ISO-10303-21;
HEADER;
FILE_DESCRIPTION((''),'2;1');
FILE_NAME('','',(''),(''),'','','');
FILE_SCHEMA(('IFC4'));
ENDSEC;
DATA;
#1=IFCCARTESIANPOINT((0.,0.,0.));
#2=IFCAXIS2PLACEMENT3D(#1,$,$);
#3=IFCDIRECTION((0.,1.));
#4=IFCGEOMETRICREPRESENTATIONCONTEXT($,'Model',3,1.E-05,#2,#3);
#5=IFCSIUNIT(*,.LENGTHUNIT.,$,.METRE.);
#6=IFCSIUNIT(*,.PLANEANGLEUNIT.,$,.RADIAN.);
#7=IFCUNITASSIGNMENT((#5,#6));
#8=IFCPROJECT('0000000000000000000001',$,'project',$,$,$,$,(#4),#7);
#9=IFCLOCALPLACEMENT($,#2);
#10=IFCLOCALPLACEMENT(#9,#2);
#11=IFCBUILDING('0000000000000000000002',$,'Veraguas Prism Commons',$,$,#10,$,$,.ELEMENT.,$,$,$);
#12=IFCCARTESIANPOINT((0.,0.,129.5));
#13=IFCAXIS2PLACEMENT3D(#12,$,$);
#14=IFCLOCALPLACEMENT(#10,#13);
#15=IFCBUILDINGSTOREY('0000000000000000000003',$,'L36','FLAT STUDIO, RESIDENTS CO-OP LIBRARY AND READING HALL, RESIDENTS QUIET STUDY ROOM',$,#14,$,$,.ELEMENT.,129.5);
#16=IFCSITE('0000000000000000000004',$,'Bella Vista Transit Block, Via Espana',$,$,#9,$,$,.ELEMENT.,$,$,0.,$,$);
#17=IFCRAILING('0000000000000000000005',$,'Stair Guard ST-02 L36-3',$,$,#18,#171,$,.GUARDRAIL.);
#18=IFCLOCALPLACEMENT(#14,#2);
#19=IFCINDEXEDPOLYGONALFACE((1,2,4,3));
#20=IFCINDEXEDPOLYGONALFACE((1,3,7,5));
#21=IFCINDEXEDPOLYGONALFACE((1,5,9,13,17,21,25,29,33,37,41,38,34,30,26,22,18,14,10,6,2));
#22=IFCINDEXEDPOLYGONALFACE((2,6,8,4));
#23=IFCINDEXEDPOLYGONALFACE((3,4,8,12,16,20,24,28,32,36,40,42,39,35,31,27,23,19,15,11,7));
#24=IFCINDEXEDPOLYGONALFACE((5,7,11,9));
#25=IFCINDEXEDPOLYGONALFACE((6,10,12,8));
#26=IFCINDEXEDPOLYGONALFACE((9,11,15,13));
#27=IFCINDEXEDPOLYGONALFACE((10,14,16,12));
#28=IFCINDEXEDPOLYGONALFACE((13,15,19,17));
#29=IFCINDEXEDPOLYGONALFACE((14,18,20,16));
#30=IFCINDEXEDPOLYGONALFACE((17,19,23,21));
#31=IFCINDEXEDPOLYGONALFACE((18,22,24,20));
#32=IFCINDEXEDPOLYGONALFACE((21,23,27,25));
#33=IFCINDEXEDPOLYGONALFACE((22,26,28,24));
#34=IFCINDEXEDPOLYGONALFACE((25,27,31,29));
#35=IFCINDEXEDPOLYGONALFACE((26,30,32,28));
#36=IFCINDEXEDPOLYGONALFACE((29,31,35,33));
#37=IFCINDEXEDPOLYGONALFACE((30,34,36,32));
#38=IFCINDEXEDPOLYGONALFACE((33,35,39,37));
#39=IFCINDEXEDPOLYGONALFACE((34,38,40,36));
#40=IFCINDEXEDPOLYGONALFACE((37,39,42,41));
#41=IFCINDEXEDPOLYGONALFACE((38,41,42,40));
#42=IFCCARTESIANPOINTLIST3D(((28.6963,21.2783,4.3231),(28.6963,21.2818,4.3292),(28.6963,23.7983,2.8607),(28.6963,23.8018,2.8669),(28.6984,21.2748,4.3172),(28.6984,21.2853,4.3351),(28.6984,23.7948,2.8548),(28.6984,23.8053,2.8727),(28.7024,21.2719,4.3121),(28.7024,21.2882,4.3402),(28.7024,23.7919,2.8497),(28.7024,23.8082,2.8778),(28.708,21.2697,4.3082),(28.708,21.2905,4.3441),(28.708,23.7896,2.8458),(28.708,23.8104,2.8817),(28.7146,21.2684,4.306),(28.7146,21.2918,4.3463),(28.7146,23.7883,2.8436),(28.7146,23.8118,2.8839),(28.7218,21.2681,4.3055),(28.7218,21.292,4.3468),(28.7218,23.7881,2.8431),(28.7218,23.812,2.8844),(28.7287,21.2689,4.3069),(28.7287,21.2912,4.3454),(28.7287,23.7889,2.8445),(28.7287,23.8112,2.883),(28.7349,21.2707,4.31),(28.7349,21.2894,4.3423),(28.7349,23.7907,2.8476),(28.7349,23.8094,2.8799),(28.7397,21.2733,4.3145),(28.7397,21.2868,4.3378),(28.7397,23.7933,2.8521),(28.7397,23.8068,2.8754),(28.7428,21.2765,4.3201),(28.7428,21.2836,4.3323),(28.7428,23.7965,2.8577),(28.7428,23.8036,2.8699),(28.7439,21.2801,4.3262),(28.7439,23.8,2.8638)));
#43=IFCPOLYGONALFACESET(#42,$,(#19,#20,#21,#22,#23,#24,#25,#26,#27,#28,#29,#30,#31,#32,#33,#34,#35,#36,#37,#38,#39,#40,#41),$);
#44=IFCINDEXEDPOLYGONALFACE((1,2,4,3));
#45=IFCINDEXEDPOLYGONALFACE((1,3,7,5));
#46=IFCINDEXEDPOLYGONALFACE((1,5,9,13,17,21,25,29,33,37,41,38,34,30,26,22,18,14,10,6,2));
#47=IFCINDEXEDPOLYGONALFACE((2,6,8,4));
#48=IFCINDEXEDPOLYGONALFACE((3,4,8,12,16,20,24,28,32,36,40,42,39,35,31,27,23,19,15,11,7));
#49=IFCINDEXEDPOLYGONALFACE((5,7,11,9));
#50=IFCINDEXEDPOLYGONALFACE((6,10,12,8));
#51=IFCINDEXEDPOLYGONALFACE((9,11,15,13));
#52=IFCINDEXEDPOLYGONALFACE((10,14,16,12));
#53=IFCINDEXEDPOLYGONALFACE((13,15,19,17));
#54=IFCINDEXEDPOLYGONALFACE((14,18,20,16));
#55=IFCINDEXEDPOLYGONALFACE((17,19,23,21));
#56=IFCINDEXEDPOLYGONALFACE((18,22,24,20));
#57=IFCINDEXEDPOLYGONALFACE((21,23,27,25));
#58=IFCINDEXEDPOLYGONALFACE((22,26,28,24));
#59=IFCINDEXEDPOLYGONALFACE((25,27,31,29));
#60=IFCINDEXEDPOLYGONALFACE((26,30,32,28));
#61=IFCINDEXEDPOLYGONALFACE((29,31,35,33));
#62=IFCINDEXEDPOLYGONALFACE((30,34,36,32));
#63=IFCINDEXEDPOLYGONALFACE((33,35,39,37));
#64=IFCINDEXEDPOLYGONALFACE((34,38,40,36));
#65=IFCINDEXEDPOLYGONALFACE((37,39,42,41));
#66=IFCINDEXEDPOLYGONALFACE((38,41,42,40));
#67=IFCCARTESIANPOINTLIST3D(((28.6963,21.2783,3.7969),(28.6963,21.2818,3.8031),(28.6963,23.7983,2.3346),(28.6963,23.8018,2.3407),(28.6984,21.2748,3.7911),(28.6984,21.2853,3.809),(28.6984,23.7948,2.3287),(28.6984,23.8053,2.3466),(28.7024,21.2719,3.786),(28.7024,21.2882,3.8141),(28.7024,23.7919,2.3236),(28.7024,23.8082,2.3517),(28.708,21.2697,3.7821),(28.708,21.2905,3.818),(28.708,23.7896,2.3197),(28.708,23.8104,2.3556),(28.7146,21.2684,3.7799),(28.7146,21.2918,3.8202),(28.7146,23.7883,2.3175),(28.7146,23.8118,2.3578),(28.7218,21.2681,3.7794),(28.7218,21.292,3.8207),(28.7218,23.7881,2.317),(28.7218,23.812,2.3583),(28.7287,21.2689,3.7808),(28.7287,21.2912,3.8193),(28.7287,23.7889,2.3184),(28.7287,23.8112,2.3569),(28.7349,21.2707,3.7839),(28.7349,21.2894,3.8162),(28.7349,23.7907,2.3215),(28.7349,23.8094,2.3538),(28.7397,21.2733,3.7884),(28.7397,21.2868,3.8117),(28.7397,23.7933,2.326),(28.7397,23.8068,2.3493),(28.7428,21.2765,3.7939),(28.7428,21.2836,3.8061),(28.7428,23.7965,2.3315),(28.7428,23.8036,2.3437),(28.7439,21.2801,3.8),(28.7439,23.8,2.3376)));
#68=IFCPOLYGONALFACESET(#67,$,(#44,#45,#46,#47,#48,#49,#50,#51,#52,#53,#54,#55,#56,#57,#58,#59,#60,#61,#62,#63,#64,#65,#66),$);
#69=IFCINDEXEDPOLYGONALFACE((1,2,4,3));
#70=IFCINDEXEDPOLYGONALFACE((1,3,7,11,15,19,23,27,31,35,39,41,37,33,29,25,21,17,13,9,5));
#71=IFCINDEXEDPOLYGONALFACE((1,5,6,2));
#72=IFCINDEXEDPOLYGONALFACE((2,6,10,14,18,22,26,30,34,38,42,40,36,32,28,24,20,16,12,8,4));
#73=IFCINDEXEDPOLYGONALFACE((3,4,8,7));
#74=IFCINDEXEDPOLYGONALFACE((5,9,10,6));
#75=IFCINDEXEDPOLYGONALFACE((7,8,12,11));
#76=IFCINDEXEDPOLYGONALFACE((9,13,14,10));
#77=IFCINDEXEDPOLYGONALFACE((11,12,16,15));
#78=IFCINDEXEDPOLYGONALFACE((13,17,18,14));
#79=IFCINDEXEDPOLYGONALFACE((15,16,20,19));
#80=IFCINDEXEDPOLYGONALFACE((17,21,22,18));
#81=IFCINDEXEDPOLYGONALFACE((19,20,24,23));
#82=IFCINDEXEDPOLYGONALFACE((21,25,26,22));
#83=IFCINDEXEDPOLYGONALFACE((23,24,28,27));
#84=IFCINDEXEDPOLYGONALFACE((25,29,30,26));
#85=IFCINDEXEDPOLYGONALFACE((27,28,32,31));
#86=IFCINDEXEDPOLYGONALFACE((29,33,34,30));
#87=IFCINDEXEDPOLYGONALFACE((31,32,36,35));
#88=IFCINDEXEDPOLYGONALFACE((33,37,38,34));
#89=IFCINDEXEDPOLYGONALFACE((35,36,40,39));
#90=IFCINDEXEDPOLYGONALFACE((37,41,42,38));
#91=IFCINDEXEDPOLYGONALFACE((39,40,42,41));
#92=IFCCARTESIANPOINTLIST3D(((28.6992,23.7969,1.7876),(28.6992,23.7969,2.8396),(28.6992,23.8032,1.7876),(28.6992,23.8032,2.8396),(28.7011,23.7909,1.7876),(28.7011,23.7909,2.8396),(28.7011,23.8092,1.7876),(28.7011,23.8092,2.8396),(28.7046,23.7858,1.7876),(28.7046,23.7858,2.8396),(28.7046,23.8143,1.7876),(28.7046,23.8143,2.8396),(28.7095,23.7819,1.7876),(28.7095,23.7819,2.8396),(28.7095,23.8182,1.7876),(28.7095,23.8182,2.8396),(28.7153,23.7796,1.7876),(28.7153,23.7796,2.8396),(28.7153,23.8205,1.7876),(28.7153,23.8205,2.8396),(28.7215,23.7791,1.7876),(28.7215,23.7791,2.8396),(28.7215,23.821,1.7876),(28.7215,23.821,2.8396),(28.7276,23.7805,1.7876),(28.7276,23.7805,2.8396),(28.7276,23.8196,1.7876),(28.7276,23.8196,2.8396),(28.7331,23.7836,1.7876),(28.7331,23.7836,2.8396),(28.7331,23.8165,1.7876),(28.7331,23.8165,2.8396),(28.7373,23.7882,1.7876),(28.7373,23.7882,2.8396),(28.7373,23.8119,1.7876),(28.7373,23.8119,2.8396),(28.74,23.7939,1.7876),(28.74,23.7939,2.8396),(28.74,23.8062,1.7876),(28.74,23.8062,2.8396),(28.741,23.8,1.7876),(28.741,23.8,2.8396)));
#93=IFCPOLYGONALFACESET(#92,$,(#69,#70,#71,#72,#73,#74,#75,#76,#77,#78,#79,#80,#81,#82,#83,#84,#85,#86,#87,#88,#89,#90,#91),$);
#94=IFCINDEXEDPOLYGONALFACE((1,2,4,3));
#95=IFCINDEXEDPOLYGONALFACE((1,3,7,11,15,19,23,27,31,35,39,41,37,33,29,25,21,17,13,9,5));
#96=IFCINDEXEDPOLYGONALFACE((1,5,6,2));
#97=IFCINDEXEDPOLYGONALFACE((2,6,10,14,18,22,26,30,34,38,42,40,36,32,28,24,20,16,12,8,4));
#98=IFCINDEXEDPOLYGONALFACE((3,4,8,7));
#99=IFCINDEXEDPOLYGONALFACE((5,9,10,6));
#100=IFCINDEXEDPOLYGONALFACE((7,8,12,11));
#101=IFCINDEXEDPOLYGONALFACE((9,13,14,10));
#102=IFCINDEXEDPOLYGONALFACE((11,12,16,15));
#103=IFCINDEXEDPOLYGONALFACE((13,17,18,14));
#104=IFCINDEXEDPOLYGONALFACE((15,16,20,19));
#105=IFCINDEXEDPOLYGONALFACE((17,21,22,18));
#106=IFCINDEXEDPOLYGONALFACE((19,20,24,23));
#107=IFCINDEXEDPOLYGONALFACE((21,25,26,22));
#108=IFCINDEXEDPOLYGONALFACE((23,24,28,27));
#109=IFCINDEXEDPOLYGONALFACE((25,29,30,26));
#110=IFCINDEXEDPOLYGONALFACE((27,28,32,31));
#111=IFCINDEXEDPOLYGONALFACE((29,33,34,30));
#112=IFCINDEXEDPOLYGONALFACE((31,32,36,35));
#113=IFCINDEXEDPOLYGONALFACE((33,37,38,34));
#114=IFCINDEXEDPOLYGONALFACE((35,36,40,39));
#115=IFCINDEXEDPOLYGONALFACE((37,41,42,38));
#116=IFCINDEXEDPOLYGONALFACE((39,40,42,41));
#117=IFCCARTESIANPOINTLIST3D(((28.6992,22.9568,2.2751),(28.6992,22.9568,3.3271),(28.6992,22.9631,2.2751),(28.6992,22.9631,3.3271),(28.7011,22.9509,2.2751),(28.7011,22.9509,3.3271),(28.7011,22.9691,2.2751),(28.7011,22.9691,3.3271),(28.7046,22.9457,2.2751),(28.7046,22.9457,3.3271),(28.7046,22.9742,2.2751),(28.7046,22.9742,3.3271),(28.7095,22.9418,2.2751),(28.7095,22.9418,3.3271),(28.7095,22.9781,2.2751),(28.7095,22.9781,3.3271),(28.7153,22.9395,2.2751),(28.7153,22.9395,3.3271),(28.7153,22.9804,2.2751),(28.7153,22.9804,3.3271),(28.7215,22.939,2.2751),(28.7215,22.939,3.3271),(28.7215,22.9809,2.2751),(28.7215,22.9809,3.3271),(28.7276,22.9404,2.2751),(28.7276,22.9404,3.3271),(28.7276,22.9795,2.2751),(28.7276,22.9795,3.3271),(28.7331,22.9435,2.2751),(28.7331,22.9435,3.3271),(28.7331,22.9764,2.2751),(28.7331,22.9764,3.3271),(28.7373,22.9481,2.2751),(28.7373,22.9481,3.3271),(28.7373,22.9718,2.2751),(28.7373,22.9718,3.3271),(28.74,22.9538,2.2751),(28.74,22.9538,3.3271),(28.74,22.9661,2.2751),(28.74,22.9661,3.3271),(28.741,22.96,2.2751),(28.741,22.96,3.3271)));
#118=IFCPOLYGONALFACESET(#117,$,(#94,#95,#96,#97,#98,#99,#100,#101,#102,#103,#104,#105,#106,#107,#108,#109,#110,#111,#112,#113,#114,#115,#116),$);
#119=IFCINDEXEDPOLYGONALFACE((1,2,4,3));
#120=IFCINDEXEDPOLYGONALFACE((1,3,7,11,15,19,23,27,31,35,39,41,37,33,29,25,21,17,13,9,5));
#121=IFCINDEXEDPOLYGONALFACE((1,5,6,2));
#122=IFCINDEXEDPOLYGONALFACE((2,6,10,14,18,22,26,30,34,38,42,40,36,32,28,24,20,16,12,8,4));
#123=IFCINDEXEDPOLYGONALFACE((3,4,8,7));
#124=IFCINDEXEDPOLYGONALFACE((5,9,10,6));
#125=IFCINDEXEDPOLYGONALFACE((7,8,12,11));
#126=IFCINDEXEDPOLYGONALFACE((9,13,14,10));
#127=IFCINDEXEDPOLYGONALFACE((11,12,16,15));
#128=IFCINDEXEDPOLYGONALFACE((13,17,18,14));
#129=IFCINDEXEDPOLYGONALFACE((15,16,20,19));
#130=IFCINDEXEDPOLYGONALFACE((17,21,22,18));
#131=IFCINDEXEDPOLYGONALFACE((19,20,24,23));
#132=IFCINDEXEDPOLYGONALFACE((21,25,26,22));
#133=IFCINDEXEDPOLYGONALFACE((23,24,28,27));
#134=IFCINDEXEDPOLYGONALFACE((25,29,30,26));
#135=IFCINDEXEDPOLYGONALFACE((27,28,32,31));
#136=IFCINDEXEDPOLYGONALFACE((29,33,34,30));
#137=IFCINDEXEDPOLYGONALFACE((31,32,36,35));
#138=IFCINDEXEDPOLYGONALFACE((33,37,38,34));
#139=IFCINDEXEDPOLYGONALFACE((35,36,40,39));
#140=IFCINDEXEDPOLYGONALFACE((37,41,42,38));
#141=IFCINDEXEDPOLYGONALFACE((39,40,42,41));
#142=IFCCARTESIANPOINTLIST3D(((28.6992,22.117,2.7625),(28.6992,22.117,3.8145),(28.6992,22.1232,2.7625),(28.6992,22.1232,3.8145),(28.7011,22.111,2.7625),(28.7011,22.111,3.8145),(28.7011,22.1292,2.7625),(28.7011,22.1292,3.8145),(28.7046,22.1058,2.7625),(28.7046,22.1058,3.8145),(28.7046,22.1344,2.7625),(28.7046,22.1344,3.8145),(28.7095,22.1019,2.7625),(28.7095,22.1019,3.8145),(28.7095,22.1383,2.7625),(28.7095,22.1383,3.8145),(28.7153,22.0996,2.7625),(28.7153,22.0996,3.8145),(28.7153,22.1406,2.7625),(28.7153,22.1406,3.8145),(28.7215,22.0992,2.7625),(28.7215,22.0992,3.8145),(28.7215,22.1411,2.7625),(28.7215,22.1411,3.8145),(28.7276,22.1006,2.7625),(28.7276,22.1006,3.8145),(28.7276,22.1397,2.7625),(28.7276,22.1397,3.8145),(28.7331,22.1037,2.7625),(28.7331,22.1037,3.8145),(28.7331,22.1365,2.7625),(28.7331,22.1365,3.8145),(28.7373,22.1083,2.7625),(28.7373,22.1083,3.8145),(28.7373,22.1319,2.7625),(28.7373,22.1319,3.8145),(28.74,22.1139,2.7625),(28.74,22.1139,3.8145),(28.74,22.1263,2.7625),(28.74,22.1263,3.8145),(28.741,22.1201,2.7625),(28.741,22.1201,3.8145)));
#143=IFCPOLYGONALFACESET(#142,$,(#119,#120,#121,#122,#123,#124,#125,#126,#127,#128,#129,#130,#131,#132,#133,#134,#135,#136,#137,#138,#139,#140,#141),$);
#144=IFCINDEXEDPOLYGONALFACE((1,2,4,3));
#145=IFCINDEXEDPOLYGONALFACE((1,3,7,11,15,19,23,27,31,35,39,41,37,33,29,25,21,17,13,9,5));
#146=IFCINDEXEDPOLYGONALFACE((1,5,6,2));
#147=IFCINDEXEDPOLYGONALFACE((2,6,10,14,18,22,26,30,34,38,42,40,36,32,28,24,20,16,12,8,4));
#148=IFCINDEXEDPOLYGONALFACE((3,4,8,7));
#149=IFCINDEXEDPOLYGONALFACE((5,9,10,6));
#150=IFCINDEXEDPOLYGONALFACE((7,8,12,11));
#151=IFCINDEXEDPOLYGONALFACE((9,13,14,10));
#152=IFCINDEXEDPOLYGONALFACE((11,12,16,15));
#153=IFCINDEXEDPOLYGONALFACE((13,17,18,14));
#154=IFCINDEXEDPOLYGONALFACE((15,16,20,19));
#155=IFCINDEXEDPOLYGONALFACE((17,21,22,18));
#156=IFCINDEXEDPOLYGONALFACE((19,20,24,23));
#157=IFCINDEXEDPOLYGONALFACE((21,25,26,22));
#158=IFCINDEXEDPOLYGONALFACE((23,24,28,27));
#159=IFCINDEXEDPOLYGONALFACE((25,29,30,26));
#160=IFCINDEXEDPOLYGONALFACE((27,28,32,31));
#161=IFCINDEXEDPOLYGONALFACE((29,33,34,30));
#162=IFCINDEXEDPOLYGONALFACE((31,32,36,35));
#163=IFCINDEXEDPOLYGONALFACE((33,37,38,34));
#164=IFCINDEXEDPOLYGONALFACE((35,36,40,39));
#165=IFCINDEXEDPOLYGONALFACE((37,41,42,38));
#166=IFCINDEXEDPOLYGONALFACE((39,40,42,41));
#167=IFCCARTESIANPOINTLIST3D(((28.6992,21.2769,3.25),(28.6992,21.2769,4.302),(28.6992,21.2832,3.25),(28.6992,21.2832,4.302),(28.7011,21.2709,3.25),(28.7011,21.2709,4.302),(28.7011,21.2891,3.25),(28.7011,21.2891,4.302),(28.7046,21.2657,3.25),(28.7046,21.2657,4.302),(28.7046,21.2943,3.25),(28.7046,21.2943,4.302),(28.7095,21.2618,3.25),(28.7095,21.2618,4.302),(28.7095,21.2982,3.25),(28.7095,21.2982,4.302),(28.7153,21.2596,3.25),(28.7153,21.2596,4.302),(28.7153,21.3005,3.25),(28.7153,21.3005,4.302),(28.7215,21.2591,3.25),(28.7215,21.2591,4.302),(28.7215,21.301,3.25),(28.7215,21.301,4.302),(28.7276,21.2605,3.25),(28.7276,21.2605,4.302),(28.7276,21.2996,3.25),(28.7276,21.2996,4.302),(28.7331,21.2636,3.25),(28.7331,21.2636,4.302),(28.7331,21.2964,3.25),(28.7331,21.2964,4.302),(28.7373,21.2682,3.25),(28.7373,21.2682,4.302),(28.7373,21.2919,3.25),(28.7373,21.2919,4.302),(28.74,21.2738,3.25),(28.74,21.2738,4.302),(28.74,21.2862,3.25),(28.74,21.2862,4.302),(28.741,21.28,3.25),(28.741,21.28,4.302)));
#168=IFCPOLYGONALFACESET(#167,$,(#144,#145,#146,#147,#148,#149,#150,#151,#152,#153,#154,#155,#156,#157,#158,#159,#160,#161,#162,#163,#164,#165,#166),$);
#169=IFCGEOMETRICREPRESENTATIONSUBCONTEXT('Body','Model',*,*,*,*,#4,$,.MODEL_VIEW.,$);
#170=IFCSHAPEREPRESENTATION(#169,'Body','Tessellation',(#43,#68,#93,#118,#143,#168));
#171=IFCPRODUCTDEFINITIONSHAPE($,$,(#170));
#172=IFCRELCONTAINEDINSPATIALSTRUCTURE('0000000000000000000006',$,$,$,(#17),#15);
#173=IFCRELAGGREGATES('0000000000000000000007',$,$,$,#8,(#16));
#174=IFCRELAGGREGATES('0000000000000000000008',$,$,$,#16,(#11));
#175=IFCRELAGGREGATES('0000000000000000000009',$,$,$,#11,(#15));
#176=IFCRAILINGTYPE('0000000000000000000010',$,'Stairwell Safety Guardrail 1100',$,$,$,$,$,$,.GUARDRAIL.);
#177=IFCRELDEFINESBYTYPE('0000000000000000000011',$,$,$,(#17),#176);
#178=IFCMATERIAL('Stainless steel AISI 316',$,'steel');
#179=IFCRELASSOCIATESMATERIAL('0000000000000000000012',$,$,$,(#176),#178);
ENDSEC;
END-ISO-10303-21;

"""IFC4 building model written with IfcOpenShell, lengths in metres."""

from ifc_helpers import new_model, si_unit, direction, frame, origin, origin_2d, place, context, subcontext, project, spatial, circle, extrude, material, type_object, element, save


model = new_model("IFC4")

# Units and contexts
model_context = context("Model", 3, precision=1e-05, world=origin(), true_north=direction((0.0, 1.0)))
body_context = subcontext(model_context, "Body", "Model", "MODEL_VIEW")
ifc_project = project(units=[si_unit("LENGTHUNIT", "METRE"), si_unit("PLANEANGLEUNIT", "RADIAN")], contexts=[model_context])

# Site, building, storey
site_placement = place(None, origin())
site = spatial("IfcSite", under=ifc_project, at=site_placement, Name="Bella Vista Transit Block, Via Espana", CompositionType="ELEMENT", RefElevation=0.0)
building_placement = place(site_placement, origin())
building = spatial("IfcBuilding", under=site, at=building_placement, Name="Veraguas Prism Commons", CompositionType="ELEMENT")
storey_placement = place(building_placement, frame((0.0, 0.0, 129.5)))
storey = spatial("IfcBuildingStorey", under=building, at=storey_placement, Name="L36", Description="FLAT STUDIO, RESIDENTS CO-OP LIBRARY AND READING HALL, RESIDENTS QUIET STUDY ROOM", CompositionType="ELEMENT", Elevation=129.5)

# Shared definitions
ifc_material_1 = material(Name="Stainless steel AISI 316", Category="steel")

# Railing
railing_type_1 = type_object("IfcRailingType", Name="Stairwell Safety Guardrail 1100", PredefinedType="GUARDRAIL", material=ifc_material_1)
railing_1_placement = place(storey_placement, frame((28.72, 23.8, 1.7876)))
element("IfcRailing", 1, at=railing_1_placement, inside=storey, type_object=railing_type_1, Name="Stair Guard ST-02 L36-3", PredefinedType="GUARDRAIL", context=body_context, shape_type="SweptSolid", body=[
    extrude(circle(Radius=0.0239, at=origin_2d()), frame((0.0, 0.0, 1.0762), z_axis=(0.0, -0.864913, 0.501921), x_axis=(1.0, 0.0, 0.0)), (0.0, 0.0, 1.0), 2.9136),
    extrude(circle(Radius=0.0239, at=origin_2d()), frame((0.0, 0.0, 0.55), z_axis=(0.0, -0.864913, 0.501921), x_axis=(1.0, 0.0, 0.0)), (0.0, 0.0, 1.0), 2.9136),
    extrude(circle(Radius=0.021, at=origin_2d()), origin(), (0.0, 0.0, 1.0), 1.052),
    extrude(circle(Radius=0.021, at=origin_2d()), frame((0.0, -0.8401, 0.4875)), (0.0, 0.0, 1.0), 1.052),
    extrude(circle(Radius=0.021, at=origin_2d()), frame((0.0, -1.6799, 0.9749)), (0.0, 0.0, 1.0), 1.052),
    extrude(circle(Radius=0.021, at=origin_2d()), frame((0.0, -2.52, 1.4624)), (0.0, 0.0, 1.0), 1.052),
])

save(model, "model.ifc")
